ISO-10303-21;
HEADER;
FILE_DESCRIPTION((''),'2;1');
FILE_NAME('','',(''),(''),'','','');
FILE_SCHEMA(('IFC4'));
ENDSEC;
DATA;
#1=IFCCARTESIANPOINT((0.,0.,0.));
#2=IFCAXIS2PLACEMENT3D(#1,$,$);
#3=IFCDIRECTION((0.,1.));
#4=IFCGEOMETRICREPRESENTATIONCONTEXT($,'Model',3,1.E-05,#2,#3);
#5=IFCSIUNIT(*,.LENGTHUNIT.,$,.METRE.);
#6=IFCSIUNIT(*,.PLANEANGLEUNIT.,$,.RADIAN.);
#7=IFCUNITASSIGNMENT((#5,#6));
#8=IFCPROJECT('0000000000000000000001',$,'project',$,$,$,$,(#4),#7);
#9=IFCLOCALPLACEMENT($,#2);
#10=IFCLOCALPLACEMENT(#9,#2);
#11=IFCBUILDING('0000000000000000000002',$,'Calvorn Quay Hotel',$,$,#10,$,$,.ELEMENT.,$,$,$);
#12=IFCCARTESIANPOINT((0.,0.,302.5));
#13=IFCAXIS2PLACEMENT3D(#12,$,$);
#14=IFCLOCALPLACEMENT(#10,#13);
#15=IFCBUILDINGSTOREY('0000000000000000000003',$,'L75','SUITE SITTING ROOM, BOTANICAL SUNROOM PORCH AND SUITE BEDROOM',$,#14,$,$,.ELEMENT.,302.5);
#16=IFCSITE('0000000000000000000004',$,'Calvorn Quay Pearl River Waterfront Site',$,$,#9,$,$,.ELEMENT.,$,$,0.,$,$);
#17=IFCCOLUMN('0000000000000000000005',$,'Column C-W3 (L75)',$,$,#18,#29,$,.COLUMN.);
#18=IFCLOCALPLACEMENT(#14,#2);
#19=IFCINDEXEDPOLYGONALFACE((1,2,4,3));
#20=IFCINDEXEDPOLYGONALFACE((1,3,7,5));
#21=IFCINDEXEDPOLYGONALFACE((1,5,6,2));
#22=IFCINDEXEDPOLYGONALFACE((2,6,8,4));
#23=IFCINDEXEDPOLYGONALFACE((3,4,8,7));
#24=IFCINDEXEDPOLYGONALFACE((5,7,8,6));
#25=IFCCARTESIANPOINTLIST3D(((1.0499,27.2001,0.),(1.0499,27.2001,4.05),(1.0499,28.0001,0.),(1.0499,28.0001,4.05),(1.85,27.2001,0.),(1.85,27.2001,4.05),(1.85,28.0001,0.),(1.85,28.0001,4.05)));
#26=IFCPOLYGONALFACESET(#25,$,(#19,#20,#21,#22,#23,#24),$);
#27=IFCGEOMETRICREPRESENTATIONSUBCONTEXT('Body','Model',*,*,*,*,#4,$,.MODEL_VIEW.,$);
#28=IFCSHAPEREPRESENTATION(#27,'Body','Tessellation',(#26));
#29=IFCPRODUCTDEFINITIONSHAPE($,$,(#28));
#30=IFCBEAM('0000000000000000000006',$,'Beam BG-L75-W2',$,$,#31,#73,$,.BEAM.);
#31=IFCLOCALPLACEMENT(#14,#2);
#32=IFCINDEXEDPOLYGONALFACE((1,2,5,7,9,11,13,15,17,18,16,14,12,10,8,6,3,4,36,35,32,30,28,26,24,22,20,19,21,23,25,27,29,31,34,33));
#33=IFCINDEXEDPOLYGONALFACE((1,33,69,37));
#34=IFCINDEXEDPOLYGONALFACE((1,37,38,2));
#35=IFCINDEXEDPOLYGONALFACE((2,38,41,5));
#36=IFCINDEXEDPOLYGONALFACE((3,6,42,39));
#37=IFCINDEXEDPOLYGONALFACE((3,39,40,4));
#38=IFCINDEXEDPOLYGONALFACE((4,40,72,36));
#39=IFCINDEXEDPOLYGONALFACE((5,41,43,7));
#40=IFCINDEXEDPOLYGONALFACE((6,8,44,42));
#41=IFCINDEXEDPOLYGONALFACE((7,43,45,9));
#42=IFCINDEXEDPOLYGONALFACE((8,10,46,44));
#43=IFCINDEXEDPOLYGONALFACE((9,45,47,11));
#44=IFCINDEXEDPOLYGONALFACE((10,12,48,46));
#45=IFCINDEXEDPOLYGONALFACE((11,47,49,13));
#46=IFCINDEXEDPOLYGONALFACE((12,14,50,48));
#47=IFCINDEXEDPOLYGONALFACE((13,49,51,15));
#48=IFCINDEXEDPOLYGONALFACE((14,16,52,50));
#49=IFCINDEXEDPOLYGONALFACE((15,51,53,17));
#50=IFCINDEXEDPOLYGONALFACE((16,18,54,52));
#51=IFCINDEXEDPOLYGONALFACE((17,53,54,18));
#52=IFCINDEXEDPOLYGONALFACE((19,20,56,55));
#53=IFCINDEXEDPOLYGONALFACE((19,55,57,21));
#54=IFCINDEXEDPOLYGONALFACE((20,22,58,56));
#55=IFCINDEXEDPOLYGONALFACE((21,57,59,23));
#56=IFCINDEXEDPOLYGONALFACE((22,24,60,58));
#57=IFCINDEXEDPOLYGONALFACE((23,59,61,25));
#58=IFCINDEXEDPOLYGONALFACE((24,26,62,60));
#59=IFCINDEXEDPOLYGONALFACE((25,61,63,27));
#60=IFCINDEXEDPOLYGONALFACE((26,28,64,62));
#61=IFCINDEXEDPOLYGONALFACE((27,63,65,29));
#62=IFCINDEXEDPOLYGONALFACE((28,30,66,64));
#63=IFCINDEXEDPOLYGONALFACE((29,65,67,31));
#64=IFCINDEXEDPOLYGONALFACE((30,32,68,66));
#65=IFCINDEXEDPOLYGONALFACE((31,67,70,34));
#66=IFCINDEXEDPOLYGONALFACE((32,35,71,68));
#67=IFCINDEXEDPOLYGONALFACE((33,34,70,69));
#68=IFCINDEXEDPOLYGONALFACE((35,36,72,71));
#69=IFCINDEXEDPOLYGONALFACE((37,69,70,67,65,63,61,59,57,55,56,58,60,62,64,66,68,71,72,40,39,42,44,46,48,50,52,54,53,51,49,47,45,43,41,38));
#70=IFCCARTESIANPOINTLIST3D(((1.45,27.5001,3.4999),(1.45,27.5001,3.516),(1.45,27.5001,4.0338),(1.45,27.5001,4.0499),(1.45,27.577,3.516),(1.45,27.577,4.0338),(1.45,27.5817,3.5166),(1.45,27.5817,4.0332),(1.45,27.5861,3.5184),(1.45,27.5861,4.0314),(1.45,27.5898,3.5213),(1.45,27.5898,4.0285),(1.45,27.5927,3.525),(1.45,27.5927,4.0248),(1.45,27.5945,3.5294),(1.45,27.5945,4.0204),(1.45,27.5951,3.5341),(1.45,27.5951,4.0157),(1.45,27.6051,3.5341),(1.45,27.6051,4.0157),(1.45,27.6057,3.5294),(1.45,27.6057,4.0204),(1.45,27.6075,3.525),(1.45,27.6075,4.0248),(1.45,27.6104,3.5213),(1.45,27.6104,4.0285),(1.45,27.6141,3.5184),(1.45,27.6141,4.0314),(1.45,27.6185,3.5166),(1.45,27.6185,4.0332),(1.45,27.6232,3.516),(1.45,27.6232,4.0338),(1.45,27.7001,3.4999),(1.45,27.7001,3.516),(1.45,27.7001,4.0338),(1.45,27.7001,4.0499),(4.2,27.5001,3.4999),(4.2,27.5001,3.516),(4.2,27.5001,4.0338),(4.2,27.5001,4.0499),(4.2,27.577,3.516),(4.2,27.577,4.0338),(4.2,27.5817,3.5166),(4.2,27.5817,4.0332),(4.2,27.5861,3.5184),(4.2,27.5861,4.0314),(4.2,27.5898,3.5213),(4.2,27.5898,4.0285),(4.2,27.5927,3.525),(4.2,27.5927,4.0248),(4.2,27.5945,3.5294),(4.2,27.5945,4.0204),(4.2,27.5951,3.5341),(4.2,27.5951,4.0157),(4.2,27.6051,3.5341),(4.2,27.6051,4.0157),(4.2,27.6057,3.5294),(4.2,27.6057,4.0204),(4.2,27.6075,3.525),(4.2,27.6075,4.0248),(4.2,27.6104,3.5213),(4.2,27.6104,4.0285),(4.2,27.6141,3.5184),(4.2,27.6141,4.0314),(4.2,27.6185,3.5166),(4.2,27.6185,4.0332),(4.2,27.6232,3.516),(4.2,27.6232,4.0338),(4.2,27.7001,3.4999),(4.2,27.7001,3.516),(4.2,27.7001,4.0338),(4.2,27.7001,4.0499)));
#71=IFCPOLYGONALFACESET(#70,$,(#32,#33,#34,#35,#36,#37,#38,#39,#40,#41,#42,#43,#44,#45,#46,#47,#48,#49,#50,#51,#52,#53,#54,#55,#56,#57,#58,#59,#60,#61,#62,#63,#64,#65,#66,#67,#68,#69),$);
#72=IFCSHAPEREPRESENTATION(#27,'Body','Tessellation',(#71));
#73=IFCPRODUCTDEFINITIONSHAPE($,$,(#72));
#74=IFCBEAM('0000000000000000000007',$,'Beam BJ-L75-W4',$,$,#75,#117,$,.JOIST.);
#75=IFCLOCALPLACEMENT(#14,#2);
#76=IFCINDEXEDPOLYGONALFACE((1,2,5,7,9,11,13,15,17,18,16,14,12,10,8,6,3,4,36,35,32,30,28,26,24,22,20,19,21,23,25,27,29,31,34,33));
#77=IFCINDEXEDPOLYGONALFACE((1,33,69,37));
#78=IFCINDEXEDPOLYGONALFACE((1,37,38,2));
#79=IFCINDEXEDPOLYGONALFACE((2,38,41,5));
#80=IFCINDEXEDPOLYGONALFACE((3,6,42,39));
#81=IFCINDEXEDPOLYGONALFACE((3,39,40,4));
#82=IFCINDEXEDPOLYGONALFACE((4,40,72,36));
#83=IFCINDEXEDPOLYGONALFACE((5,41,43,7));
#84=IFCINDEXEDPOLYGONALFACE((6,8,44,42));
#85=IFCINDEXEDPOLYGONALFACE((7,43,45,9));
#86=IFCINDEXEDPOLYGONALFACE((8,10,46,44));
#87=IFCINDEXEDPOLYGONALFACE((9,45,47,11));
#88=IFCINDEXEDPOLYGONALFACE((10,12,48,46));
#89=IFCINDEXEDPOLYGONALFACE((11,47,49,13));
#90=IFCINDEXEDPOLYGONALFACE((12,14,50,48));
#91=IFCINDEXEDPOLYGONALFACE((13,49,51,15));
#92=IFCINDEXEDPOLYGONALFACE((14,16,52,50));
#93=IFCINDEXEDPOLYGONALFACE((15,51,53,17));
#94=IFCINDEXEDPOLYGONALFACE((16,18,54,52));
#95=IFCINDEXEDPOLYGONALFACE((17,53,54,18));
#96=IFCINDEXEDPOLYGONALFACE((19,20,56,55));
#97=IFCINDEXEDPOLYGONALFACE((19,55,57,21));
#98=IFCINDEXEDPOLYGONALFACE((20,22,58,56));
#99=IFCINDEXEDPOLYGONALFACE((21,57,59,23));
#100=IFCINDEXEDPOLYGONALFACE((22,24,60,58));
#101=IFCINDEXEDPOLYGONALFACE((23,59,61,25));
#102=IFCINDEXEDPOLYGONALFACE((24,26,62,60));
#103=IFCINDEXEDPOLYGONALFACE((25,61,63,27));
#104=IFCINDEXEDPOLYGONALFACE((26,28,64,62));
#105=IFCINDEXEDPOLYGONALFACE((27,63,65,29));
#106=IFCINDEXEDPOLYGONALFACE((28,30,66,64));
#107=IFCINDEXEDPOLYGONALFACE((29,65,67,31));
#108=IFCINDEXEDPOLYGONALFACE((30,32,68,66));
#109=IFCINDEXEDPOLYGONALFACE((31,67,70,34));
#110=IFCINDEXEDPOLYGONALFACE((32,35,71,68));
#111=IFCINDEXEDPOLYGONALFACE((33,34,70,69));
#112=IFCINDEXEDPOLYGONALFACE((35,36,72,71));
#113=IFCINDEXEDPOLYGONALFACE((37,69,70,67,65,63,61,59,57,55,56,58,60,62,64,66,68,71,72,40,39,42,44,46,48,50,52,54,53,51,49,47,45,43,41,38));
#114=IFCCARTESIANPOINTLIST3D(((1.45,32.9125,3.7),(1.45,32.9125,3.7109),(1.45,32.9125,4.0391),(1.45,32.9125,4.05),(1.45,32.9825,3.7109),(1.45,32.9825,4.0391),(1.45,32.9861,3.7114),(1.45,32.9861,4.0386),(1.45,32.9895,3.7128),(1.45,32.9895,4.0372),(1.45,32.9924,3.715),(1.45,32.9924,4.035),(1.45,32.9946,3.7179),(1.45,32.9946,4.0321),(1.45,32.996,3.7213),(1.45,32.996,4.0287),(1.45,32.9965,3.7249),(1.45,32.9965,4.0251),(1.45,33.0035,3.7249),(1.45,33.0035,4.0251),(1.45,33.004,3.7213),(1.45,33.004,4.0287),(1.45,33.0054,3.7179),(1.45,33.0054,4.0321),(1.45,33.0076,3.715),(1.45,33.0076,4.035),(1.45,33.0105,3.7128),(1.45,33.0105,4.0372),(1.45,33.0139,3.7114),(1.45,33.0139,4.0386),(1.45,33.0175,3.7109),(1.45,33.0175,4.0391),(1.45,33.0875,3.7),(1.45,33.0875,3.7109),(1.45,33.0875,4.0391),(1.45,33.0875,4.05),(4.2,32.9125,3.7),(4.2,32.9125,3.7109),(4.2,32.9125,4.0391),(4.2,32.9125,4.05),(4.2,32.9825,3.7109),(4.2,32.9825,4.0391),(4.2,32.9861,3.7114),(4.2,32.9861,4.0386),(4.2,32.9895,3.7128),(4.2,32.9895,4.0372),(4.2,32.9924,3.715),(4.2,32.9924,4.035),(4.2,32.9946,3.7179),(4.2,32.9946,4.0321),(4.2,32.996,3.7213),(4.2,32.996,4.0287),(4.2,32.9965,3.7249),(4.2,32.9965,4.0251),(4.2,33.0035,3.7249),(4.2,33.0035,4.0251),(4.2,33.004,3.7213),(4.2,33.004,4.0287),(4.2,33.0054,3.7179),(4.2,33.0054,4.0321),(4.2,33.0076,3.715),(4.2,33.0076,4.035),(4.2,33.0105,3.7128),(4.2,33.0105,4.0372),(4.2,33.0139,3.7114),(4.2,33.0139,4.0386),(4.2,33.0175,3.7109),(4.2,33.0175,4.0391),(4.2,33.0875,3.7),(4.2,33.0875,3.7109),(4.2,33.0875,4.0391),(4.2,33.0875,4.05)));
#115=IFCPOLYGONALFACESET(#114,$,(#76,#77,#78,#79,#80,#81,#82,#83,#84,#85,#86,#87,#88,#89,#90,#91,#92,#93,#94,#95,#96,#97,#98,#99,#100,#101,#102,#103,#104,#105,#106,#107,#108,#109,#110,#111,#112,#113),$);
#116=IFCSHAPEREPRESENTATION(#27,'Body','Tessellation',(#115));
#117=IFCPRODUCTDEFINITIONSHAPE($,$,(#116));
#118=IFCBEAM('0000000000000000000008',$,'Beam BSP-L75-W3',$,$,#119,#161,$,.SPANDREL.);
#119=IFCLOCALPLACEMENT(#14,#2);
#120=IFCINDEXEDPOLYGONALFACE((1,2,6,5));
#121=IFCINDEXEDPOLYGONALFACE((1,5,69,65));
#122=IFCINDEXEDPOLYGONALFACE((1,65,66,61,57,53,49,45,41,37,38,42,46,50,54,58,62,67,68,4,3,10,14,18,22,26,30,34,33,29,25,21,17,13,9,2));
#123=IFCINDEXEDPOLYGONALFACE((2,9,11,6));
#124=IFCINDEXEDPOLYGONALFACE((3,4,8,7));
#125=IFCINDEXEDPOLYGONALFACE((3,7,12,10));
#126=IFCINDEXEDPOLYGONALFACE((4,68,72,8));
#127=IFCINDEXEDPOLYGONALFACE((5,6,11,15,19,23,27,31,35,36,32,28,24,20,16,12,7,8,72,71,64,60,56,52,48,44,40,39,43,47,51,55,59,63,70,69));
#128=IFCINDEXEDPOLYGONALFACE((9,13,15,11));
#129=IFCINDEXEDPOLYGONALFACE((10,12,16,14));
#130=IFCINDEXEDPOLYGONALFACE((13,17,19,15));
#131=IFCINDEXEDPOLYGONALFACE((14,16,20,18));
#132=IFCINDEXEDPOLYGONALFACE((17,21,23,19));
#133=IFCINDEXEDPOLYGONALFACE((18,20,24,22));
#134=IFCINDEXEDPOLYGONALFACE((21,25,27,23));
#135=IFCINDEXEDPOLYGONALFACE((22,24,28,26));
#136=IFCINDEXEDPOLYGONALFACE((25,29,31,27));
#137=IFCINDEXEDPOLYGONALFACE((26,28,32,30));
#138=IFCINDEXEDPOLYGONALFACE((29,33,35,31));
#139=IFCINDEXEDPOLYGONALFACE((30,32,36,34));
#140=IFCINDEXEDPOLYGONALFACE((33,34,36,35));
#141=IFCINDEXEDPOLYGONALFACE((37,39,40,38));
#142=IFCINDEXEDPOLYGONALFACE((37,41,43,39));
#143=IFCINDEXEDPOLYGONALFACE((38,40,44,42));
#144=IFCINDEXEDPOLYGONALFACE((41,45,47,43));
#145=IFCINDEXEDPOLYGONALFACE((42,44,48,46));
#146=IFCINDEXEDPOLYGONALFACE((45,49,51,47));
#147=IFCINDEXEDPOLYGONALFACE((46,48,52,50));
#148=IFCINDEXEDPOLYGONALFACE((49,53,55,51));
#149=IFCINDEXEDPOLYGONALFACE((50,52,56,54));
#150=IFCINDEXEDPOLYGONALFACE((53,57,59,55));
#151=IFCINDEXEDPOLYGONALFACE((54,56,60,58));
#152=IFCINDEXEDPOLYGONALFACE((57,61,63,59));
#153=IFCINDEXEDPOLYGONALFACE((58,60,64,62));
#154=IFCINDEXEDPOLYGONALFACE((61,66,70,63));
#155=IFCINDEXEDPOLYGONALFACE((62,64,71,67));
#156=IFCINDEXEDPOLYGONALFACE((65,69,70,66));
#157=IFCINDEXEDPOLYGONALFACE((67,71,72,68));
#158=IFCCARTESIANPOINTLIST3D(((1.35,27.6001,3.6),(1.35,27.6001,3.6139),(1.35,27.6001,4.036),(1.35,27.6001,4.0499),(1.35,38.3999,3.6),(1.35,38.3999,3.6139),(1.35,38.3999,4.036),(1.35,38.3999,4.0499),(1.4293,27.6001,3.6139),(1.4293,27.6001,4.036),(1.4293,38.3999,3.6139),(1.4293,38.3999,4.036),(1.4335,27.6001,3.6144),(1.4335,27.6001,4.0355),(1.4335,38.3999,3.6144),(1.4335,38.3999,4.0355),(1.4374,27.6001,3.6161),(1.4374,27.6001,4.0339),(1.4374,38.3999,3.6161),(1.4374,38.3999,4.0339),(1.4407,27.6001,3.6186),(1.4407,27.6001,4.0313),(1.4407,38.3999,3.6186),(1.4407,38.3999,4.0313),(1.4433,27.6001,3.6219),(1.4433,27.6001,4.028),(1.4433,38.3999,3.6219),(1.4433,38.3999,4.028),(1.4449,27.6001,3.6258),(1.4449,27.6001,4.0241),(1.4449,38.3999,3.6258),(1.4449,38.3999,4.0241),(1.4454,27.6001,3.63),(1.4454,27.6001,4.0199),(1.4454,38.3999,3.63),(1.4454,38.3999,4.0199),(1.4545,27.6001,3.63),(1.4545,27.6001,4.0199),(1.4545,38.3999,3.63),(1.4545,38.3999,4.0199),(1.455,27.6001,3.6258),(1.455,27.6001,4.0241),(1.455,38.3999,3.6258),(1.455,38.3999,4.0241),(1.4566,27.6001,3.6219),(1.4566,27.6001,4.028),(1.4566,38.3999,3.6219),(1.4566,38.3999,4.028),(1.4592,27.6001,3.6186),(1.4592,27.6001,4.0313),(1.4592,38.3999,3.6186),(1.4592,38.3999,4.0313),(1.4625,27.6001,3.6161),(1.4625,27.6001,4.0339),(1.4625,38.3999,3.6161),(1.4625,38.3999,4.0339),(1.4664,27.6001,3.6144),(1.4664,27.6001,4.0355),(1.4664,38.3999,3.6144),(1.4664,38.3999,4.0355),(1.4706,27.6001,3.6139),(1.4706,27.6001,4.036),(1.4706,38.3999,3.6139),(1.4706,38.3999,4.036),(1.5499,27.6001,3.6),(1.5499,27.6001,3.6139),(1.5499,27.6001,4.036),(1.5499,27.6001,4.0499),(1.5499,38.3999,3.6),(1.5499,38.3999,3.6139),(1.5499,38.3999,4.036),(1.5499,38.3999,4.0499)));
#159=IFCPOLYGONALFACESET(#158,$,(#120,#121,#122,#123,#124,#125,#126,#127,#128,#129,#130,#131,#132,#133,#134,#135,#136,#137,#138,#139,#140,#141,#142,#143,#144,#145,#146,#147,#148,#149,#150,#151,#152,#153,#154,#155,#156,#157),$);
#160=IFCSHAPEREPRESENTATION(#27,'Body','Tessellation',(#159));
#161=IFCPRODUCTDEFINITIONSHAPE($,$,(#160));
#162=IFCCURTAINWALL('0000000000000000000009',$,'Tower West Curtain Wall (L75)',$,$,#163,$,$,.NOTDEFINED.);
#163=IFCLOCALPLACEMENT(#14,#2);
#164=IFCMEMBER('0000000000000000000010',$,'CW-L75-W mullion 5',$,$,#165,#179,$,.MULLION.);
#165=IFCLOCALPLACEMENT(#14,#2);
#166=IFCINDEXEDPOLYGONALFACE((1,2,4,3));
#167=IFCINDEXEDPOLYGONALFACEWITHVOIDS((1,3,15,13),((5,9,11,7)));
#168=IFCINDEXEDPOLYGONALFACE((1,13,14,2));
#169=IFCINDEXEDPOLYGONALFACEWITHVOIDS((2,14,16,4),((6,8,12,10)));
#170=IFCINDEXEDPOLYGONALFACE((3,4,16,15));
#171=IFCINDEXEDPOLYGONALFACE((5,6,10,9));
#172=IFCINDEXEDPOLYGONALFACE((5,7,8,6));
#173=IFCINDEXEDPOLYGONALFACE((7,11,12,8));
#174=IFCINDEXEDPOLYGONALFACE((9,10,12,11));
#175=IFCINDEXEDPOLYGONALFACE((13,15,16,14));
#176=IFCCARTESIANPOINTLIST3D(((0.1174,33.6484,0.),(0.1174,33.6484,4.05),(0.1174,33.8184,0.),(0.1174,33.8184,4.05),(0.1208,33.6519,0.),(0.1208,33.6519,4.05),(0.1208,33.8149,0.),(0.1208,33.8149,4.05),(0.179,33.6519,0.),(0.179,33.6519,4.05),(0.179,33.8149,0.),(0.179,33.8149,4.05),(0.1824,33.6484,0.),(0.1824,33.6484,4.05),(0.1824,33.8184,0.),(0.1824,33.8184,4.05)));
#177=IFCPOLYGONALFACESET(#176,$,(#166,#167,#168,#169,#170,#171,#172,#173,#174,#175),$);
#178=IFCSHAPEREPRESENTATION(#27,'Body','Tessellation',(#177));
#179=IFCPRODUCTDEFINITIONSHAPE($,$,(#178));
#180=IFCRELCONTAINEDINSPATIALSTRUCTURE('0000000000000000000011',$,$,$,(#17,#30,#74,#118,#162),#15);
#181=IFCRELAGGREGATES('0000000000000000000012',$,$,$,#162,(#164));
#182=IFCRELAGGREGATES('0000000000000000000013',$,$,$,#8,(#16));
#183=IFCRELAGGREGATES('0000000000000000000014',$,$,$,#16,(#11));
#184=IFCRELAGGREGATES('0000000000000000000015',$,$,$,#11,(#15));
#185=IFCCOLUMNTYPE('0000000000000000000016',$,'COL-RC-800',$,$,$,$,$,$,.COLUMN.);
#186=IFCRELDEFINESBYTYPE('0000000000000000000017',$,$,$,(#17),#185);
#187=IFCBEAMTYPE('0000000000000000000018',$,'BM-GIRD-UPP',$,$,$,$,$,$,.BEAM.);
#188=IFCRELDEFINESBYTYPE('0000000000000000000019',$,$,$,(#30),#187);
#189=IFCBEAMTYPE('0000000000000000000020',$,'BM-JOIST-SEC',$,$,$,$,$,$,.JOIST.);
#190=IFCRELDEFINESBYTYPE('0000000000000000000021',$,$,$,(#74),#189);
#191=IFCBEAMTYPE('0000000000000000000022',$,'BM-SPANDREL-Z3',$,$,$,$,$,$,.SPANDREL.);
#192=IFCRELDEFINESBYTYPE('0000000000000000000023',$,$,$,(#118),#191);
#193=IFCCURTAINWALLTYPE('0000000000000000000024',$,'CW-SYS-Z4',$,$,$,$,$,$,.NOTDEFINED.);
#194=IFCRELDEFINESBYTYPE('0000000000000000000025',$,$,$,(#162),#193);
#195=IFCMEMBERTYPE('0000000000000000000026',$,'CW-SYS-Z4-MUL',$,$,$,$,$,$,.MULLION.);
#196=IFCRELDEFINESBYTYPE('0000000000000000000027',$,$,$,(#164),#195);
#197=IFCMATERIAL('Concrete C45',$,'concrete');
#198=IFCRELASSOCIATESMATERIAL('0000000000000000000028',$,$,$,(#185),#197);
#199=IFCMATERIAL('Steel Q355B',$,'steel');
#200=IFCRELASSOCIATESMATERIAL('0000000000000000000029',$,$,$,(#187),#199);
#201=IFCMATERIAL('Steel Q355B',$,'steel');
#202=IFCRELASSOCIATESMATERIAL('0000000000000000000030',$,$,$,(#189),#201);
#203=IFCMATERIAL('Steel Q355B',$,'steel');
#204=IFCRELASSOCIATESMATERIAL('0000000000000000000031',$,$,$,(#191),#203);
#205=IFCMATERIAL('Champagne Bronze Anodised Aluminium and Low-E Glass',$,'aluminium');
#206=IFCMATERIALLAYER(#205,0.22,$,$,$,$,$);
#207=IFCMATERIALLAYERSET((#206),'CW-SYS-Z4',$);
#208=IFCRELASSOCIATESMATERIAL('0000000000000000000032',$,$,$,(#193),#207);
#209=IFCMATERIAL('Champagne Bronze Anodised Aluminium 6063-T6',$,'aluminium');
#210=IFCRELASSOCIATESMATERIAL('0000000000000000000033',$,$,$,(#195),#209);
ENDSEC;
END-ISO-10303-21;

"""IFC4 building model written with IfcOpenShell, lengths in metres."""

from ifc_helpers import new_model, si_unit, direction, frame, origin, origin_2d, place, context, subcontext, project, spatial, rectangle, hollow_rectangle, i_section, extrude, material, layer, layer_set, material_profile, profile_set, type_object, element, aggregate, save


model = new_model("IFC4")

# Units and contexts
model_context = context("Model", 3, precision=1e-05, world=origin(), true_north=direction((0.0, 1.0)))
body_context = subcontext(model_context, "Body", "Model", "MODEL_VIEW")
ifc_project = project(units=[si_unit("LENGTHUNIT", "METRE"), si_unit("PLANEANGLEUNIT", "RADIAN")], contexts=[model_context])

# Site, building, storey
site_placement = place(None, origin())
site = spatial("IfcSite", under=ifc_project, at=site_placement, Name="Calvorn Quay Pearl River Waterfront Site", CompositionType="ELEMENT", RefElevation=0.0)
building_placement = place(site_placement, origin())
building = spatial("IfcBuilding", under=site, at=building_placement, Name="Calvorn Quay Hotel", CompositionType="ELEMENT")
storey_placement = place(building_placement, frame((0.0, 0.0, 302.5)))
storey = spatial("IfcBuildingStorey", under=building, at=storey_placement, Name="L75", Description="SUITE SITTING ROOM, BOTANICAL SUNROOM PORCH AND SUITE BEDROOM", CompositionType="ELEMENT", Elevation=302.5)

# Column
ifc_material_1 = material(Name="Concrete C45", Category="concrete")
ifc_material_profile_1 = material_profile(ifc_material_1, rectangle(XDim=0.8, YDim=0.8, at=origin_2d()), Name="RC800x800")
ifc_profile_set_1 = profile_set([ifc_material_profile_1], Name="Concrete C45")
column_type = type_object("IfcColumnType", Name="COL-RC-800", PredefinedType="COLUMN", material=ifc_profile_set_1)
column_placement = place(storey_placement, frame((1.45, 27.6001, 0.0), z_axis=(0.0, 0.0, 1.0), x_axis=(1.0, 0.0, 0.0)))
element("IfcColumn", 1, at=column_placement, inside=storey, type_object=column_type, Name="Column C-W3 (L75)", PredefinedType="COLUMN", context=body_context, shape_type="SweptSolid", body=[
    extrude(rectangle(XDim=0.8, YDim=0.8, at=origin_2d()), origin(), (0.0, 0.0, 1.0), 4.05),
])

# Beams
ifc_material_2 = material(Name="Steel Q355B", Category="steel")
ifc_material_profile_2 = material_profile(ifc_material_2, i_section(OverallWidth=0.2, OverallDepth=0.55, WebThickness=0.01, FlangeThickness=0.0161, FilletRadius=0.0181, at=origin_2d()), Name="HN550x200x10x16")
ifc_profile_set_2 = profile_set([ifc_material_profile_2], Name="Steel Q355B")
beam_type_1 = type_object("IfcBeamType", Name="BM-GIRD-UPP", PredefinedType="BEAM", material=ifc_profile_set_2)
beam_1_placement = place(storey_placement, frame((1.45, 27.6001, 3.7749), z_axis=(1.0, 0.0, 0.0), x_axis=(0.0, 1.0, 0.0)))
element("IfcBeam", 2, at=beam_1_placement, inside=storey, type_object=beam_type_1, Name="Beam BG-L75-W2", PredefinedType="BEAM", context=body_context, shape_type="SweptSolid", body=[
    extrude(i_section(OverallWidth=0.2, OverallDepth=0.55, WebThickness=0.01, FlangeThickness=0.0161, FilletRadius=0.0181, at=origin_2d()), origin(), (0.0, 0.0, 1.0), 2.75),
])
ifc_material_3 = material(Name="Steel Q355B", Category="steel")
ifc_material_profile_3 = material_profile(ifc_material_3, i_section(OverallWidth=0.175, OverallDepth=0.3501, WebThickness=0.0071, FlangeThickness=0.011, FilletRadius=0.0139, at=origin_2d()), Name="HN350x175x7x11")
ifc_profile_set_3 = profile_set([ifc_material_profile_3], Name="Steel Q355B")
beam_type_2 = type_object("IfcBeamType", Name="BM-JOIST-SEC", PredefinedType="JOIST", material=ifc_profile_set_3)
beam_2_placement = place(storey_placement, frame((1.45, 33.0, 3.875), z_axis=(1.0, 0.0, 0.0), x_axis=(0.0, 1.0, 0.0)))
element("IfcBeam", 3, at=beam_2_placement, inside=storey, type_object=beam_type_2, Name="Beam BJ-L75-W4", PredefinedType="JOIST", context=body_context, shape_type="SweptSolid", body=[
    extrude(i_section(OverallWidth=0.175, OverallDepth=0.3501, WebThickness=0.0071, FlangeThickness=0.011, FilletRadius=0.0139, at=origin_2d()), origin(), (0.0, 0.0, 1.0), 2.75),
])
ifc_material_4 = material(Name="Steel Q355B", Category="steel")
ifc_material_profile_4 = material_profile(ifc_material_4, i_section(OverallWidth=0.2, OverallDepth=0.45, WebThickness=0.009, FlangeThickness=0.0139, FilletRadius=0.0161, at=origin_2d()), Name="HN450x200x9x14")
ifc_profile_set_4 = profile_set([ifc_material_profile_4], Name="Steel Q355B")
beam_type_3 = type_object("IfcBeamType", Name="BM-SPANDREL-Z3", PredefinedType="SPANDREL", material=ifc_profile_set_4)
beam_3_placement = place(storey_placement, frame((1.45, 27.6001, 3.825), z_axis=(0.0, 1.0, 0.0), x_axis=(-1.0, 0.0, 0.0)))
element("IfcBeam", 4, at=beam_3_placement, inside=storey, type_object=beam_type_3, Name="Beam BSP-L75-W3", PredefinedType="SPANDREL", context=body_context, shape_type="SweptSolid", body=[
    extrude(i_section(OverallWidth=0.2, OverallDepth=0.45, WebThickness=0.009, FlangeThickness=0.0139, FilletRadius=0.0161, at=origin_2d()), origin(), (0.0, 0.0, 1.0), 10.7998),
])

# Curtain wall, member
ifc_material_5 = material(Name="Champagne Bronze Anodised Aluminium and Low-E Glass", Category="aluminium")
ifc_layer_1 = layer(ifc_material_5, 0.22)
ifc_layer_set_1 = layer_set([ifc_layer_1], Name="CW-SYS-Z4")
curtain_wall_type = type_object("IfcCurtainWallType", Name="CW-SYS-Z4", PredefinedType="NOTDEFINED", material=ifc_layer_set_1)
curtain_wall_placement = place(storey_placement, origin())
curtain_wall = element("IfcCurtainWall", 5, at=curtain_wall_placement, inside=storey, type_object=curtain_wall_type, Name="Tower West Curtain Wall (L75)", PredefinedType="NOTDEFINED")
ifc_material_6 = material(Name="Champagne Bronze Anodised Aluminium 6063-T6", Category="aluminium")
ifc_material_profile_5 = material_profile(ifc_material_6, hollow_rectangle(XDim=0.0649, YDim=0.1699, WallThickness=0.0034, at=origin_2d()), Name="ALU-M170x65x3.5")
ifc_profile_set_5 = profile_set([ifc_material_profile_5], Name="Champagne Bronze Anodised Aluminium 6063-T6")
member_type_1 = type_object("IfcMemberType", Name="CW-SYS-Z4-MUL", PredefinedType="MULLION", material=ifc_profile_set_5)
member_1_placement = place(storey_placement, frame((0.1499, 33.7334, 0.0), z_axis=(0.0, 0.0, 1.0), x_axis=(-1.0, 0.0, 0.0)))
member_1 = element("IfcMember", 6, at=member_1_placement, type_object=member_type_1, Name="CW-L75-W mullion 5", PredefinedType="MULLION", context=body_context, shape_type="SweptSolid", body=[
    extrude(hollow_rectangle(XDim=0.0649, YDim=0.1699, WallThickness=0.0034, at=origin_2d()), origin(), (0.0, 0.0, 1.0), 4.05),
])
aggregate(curtain_wall, [member_1])

save(model, "model.ifc")
